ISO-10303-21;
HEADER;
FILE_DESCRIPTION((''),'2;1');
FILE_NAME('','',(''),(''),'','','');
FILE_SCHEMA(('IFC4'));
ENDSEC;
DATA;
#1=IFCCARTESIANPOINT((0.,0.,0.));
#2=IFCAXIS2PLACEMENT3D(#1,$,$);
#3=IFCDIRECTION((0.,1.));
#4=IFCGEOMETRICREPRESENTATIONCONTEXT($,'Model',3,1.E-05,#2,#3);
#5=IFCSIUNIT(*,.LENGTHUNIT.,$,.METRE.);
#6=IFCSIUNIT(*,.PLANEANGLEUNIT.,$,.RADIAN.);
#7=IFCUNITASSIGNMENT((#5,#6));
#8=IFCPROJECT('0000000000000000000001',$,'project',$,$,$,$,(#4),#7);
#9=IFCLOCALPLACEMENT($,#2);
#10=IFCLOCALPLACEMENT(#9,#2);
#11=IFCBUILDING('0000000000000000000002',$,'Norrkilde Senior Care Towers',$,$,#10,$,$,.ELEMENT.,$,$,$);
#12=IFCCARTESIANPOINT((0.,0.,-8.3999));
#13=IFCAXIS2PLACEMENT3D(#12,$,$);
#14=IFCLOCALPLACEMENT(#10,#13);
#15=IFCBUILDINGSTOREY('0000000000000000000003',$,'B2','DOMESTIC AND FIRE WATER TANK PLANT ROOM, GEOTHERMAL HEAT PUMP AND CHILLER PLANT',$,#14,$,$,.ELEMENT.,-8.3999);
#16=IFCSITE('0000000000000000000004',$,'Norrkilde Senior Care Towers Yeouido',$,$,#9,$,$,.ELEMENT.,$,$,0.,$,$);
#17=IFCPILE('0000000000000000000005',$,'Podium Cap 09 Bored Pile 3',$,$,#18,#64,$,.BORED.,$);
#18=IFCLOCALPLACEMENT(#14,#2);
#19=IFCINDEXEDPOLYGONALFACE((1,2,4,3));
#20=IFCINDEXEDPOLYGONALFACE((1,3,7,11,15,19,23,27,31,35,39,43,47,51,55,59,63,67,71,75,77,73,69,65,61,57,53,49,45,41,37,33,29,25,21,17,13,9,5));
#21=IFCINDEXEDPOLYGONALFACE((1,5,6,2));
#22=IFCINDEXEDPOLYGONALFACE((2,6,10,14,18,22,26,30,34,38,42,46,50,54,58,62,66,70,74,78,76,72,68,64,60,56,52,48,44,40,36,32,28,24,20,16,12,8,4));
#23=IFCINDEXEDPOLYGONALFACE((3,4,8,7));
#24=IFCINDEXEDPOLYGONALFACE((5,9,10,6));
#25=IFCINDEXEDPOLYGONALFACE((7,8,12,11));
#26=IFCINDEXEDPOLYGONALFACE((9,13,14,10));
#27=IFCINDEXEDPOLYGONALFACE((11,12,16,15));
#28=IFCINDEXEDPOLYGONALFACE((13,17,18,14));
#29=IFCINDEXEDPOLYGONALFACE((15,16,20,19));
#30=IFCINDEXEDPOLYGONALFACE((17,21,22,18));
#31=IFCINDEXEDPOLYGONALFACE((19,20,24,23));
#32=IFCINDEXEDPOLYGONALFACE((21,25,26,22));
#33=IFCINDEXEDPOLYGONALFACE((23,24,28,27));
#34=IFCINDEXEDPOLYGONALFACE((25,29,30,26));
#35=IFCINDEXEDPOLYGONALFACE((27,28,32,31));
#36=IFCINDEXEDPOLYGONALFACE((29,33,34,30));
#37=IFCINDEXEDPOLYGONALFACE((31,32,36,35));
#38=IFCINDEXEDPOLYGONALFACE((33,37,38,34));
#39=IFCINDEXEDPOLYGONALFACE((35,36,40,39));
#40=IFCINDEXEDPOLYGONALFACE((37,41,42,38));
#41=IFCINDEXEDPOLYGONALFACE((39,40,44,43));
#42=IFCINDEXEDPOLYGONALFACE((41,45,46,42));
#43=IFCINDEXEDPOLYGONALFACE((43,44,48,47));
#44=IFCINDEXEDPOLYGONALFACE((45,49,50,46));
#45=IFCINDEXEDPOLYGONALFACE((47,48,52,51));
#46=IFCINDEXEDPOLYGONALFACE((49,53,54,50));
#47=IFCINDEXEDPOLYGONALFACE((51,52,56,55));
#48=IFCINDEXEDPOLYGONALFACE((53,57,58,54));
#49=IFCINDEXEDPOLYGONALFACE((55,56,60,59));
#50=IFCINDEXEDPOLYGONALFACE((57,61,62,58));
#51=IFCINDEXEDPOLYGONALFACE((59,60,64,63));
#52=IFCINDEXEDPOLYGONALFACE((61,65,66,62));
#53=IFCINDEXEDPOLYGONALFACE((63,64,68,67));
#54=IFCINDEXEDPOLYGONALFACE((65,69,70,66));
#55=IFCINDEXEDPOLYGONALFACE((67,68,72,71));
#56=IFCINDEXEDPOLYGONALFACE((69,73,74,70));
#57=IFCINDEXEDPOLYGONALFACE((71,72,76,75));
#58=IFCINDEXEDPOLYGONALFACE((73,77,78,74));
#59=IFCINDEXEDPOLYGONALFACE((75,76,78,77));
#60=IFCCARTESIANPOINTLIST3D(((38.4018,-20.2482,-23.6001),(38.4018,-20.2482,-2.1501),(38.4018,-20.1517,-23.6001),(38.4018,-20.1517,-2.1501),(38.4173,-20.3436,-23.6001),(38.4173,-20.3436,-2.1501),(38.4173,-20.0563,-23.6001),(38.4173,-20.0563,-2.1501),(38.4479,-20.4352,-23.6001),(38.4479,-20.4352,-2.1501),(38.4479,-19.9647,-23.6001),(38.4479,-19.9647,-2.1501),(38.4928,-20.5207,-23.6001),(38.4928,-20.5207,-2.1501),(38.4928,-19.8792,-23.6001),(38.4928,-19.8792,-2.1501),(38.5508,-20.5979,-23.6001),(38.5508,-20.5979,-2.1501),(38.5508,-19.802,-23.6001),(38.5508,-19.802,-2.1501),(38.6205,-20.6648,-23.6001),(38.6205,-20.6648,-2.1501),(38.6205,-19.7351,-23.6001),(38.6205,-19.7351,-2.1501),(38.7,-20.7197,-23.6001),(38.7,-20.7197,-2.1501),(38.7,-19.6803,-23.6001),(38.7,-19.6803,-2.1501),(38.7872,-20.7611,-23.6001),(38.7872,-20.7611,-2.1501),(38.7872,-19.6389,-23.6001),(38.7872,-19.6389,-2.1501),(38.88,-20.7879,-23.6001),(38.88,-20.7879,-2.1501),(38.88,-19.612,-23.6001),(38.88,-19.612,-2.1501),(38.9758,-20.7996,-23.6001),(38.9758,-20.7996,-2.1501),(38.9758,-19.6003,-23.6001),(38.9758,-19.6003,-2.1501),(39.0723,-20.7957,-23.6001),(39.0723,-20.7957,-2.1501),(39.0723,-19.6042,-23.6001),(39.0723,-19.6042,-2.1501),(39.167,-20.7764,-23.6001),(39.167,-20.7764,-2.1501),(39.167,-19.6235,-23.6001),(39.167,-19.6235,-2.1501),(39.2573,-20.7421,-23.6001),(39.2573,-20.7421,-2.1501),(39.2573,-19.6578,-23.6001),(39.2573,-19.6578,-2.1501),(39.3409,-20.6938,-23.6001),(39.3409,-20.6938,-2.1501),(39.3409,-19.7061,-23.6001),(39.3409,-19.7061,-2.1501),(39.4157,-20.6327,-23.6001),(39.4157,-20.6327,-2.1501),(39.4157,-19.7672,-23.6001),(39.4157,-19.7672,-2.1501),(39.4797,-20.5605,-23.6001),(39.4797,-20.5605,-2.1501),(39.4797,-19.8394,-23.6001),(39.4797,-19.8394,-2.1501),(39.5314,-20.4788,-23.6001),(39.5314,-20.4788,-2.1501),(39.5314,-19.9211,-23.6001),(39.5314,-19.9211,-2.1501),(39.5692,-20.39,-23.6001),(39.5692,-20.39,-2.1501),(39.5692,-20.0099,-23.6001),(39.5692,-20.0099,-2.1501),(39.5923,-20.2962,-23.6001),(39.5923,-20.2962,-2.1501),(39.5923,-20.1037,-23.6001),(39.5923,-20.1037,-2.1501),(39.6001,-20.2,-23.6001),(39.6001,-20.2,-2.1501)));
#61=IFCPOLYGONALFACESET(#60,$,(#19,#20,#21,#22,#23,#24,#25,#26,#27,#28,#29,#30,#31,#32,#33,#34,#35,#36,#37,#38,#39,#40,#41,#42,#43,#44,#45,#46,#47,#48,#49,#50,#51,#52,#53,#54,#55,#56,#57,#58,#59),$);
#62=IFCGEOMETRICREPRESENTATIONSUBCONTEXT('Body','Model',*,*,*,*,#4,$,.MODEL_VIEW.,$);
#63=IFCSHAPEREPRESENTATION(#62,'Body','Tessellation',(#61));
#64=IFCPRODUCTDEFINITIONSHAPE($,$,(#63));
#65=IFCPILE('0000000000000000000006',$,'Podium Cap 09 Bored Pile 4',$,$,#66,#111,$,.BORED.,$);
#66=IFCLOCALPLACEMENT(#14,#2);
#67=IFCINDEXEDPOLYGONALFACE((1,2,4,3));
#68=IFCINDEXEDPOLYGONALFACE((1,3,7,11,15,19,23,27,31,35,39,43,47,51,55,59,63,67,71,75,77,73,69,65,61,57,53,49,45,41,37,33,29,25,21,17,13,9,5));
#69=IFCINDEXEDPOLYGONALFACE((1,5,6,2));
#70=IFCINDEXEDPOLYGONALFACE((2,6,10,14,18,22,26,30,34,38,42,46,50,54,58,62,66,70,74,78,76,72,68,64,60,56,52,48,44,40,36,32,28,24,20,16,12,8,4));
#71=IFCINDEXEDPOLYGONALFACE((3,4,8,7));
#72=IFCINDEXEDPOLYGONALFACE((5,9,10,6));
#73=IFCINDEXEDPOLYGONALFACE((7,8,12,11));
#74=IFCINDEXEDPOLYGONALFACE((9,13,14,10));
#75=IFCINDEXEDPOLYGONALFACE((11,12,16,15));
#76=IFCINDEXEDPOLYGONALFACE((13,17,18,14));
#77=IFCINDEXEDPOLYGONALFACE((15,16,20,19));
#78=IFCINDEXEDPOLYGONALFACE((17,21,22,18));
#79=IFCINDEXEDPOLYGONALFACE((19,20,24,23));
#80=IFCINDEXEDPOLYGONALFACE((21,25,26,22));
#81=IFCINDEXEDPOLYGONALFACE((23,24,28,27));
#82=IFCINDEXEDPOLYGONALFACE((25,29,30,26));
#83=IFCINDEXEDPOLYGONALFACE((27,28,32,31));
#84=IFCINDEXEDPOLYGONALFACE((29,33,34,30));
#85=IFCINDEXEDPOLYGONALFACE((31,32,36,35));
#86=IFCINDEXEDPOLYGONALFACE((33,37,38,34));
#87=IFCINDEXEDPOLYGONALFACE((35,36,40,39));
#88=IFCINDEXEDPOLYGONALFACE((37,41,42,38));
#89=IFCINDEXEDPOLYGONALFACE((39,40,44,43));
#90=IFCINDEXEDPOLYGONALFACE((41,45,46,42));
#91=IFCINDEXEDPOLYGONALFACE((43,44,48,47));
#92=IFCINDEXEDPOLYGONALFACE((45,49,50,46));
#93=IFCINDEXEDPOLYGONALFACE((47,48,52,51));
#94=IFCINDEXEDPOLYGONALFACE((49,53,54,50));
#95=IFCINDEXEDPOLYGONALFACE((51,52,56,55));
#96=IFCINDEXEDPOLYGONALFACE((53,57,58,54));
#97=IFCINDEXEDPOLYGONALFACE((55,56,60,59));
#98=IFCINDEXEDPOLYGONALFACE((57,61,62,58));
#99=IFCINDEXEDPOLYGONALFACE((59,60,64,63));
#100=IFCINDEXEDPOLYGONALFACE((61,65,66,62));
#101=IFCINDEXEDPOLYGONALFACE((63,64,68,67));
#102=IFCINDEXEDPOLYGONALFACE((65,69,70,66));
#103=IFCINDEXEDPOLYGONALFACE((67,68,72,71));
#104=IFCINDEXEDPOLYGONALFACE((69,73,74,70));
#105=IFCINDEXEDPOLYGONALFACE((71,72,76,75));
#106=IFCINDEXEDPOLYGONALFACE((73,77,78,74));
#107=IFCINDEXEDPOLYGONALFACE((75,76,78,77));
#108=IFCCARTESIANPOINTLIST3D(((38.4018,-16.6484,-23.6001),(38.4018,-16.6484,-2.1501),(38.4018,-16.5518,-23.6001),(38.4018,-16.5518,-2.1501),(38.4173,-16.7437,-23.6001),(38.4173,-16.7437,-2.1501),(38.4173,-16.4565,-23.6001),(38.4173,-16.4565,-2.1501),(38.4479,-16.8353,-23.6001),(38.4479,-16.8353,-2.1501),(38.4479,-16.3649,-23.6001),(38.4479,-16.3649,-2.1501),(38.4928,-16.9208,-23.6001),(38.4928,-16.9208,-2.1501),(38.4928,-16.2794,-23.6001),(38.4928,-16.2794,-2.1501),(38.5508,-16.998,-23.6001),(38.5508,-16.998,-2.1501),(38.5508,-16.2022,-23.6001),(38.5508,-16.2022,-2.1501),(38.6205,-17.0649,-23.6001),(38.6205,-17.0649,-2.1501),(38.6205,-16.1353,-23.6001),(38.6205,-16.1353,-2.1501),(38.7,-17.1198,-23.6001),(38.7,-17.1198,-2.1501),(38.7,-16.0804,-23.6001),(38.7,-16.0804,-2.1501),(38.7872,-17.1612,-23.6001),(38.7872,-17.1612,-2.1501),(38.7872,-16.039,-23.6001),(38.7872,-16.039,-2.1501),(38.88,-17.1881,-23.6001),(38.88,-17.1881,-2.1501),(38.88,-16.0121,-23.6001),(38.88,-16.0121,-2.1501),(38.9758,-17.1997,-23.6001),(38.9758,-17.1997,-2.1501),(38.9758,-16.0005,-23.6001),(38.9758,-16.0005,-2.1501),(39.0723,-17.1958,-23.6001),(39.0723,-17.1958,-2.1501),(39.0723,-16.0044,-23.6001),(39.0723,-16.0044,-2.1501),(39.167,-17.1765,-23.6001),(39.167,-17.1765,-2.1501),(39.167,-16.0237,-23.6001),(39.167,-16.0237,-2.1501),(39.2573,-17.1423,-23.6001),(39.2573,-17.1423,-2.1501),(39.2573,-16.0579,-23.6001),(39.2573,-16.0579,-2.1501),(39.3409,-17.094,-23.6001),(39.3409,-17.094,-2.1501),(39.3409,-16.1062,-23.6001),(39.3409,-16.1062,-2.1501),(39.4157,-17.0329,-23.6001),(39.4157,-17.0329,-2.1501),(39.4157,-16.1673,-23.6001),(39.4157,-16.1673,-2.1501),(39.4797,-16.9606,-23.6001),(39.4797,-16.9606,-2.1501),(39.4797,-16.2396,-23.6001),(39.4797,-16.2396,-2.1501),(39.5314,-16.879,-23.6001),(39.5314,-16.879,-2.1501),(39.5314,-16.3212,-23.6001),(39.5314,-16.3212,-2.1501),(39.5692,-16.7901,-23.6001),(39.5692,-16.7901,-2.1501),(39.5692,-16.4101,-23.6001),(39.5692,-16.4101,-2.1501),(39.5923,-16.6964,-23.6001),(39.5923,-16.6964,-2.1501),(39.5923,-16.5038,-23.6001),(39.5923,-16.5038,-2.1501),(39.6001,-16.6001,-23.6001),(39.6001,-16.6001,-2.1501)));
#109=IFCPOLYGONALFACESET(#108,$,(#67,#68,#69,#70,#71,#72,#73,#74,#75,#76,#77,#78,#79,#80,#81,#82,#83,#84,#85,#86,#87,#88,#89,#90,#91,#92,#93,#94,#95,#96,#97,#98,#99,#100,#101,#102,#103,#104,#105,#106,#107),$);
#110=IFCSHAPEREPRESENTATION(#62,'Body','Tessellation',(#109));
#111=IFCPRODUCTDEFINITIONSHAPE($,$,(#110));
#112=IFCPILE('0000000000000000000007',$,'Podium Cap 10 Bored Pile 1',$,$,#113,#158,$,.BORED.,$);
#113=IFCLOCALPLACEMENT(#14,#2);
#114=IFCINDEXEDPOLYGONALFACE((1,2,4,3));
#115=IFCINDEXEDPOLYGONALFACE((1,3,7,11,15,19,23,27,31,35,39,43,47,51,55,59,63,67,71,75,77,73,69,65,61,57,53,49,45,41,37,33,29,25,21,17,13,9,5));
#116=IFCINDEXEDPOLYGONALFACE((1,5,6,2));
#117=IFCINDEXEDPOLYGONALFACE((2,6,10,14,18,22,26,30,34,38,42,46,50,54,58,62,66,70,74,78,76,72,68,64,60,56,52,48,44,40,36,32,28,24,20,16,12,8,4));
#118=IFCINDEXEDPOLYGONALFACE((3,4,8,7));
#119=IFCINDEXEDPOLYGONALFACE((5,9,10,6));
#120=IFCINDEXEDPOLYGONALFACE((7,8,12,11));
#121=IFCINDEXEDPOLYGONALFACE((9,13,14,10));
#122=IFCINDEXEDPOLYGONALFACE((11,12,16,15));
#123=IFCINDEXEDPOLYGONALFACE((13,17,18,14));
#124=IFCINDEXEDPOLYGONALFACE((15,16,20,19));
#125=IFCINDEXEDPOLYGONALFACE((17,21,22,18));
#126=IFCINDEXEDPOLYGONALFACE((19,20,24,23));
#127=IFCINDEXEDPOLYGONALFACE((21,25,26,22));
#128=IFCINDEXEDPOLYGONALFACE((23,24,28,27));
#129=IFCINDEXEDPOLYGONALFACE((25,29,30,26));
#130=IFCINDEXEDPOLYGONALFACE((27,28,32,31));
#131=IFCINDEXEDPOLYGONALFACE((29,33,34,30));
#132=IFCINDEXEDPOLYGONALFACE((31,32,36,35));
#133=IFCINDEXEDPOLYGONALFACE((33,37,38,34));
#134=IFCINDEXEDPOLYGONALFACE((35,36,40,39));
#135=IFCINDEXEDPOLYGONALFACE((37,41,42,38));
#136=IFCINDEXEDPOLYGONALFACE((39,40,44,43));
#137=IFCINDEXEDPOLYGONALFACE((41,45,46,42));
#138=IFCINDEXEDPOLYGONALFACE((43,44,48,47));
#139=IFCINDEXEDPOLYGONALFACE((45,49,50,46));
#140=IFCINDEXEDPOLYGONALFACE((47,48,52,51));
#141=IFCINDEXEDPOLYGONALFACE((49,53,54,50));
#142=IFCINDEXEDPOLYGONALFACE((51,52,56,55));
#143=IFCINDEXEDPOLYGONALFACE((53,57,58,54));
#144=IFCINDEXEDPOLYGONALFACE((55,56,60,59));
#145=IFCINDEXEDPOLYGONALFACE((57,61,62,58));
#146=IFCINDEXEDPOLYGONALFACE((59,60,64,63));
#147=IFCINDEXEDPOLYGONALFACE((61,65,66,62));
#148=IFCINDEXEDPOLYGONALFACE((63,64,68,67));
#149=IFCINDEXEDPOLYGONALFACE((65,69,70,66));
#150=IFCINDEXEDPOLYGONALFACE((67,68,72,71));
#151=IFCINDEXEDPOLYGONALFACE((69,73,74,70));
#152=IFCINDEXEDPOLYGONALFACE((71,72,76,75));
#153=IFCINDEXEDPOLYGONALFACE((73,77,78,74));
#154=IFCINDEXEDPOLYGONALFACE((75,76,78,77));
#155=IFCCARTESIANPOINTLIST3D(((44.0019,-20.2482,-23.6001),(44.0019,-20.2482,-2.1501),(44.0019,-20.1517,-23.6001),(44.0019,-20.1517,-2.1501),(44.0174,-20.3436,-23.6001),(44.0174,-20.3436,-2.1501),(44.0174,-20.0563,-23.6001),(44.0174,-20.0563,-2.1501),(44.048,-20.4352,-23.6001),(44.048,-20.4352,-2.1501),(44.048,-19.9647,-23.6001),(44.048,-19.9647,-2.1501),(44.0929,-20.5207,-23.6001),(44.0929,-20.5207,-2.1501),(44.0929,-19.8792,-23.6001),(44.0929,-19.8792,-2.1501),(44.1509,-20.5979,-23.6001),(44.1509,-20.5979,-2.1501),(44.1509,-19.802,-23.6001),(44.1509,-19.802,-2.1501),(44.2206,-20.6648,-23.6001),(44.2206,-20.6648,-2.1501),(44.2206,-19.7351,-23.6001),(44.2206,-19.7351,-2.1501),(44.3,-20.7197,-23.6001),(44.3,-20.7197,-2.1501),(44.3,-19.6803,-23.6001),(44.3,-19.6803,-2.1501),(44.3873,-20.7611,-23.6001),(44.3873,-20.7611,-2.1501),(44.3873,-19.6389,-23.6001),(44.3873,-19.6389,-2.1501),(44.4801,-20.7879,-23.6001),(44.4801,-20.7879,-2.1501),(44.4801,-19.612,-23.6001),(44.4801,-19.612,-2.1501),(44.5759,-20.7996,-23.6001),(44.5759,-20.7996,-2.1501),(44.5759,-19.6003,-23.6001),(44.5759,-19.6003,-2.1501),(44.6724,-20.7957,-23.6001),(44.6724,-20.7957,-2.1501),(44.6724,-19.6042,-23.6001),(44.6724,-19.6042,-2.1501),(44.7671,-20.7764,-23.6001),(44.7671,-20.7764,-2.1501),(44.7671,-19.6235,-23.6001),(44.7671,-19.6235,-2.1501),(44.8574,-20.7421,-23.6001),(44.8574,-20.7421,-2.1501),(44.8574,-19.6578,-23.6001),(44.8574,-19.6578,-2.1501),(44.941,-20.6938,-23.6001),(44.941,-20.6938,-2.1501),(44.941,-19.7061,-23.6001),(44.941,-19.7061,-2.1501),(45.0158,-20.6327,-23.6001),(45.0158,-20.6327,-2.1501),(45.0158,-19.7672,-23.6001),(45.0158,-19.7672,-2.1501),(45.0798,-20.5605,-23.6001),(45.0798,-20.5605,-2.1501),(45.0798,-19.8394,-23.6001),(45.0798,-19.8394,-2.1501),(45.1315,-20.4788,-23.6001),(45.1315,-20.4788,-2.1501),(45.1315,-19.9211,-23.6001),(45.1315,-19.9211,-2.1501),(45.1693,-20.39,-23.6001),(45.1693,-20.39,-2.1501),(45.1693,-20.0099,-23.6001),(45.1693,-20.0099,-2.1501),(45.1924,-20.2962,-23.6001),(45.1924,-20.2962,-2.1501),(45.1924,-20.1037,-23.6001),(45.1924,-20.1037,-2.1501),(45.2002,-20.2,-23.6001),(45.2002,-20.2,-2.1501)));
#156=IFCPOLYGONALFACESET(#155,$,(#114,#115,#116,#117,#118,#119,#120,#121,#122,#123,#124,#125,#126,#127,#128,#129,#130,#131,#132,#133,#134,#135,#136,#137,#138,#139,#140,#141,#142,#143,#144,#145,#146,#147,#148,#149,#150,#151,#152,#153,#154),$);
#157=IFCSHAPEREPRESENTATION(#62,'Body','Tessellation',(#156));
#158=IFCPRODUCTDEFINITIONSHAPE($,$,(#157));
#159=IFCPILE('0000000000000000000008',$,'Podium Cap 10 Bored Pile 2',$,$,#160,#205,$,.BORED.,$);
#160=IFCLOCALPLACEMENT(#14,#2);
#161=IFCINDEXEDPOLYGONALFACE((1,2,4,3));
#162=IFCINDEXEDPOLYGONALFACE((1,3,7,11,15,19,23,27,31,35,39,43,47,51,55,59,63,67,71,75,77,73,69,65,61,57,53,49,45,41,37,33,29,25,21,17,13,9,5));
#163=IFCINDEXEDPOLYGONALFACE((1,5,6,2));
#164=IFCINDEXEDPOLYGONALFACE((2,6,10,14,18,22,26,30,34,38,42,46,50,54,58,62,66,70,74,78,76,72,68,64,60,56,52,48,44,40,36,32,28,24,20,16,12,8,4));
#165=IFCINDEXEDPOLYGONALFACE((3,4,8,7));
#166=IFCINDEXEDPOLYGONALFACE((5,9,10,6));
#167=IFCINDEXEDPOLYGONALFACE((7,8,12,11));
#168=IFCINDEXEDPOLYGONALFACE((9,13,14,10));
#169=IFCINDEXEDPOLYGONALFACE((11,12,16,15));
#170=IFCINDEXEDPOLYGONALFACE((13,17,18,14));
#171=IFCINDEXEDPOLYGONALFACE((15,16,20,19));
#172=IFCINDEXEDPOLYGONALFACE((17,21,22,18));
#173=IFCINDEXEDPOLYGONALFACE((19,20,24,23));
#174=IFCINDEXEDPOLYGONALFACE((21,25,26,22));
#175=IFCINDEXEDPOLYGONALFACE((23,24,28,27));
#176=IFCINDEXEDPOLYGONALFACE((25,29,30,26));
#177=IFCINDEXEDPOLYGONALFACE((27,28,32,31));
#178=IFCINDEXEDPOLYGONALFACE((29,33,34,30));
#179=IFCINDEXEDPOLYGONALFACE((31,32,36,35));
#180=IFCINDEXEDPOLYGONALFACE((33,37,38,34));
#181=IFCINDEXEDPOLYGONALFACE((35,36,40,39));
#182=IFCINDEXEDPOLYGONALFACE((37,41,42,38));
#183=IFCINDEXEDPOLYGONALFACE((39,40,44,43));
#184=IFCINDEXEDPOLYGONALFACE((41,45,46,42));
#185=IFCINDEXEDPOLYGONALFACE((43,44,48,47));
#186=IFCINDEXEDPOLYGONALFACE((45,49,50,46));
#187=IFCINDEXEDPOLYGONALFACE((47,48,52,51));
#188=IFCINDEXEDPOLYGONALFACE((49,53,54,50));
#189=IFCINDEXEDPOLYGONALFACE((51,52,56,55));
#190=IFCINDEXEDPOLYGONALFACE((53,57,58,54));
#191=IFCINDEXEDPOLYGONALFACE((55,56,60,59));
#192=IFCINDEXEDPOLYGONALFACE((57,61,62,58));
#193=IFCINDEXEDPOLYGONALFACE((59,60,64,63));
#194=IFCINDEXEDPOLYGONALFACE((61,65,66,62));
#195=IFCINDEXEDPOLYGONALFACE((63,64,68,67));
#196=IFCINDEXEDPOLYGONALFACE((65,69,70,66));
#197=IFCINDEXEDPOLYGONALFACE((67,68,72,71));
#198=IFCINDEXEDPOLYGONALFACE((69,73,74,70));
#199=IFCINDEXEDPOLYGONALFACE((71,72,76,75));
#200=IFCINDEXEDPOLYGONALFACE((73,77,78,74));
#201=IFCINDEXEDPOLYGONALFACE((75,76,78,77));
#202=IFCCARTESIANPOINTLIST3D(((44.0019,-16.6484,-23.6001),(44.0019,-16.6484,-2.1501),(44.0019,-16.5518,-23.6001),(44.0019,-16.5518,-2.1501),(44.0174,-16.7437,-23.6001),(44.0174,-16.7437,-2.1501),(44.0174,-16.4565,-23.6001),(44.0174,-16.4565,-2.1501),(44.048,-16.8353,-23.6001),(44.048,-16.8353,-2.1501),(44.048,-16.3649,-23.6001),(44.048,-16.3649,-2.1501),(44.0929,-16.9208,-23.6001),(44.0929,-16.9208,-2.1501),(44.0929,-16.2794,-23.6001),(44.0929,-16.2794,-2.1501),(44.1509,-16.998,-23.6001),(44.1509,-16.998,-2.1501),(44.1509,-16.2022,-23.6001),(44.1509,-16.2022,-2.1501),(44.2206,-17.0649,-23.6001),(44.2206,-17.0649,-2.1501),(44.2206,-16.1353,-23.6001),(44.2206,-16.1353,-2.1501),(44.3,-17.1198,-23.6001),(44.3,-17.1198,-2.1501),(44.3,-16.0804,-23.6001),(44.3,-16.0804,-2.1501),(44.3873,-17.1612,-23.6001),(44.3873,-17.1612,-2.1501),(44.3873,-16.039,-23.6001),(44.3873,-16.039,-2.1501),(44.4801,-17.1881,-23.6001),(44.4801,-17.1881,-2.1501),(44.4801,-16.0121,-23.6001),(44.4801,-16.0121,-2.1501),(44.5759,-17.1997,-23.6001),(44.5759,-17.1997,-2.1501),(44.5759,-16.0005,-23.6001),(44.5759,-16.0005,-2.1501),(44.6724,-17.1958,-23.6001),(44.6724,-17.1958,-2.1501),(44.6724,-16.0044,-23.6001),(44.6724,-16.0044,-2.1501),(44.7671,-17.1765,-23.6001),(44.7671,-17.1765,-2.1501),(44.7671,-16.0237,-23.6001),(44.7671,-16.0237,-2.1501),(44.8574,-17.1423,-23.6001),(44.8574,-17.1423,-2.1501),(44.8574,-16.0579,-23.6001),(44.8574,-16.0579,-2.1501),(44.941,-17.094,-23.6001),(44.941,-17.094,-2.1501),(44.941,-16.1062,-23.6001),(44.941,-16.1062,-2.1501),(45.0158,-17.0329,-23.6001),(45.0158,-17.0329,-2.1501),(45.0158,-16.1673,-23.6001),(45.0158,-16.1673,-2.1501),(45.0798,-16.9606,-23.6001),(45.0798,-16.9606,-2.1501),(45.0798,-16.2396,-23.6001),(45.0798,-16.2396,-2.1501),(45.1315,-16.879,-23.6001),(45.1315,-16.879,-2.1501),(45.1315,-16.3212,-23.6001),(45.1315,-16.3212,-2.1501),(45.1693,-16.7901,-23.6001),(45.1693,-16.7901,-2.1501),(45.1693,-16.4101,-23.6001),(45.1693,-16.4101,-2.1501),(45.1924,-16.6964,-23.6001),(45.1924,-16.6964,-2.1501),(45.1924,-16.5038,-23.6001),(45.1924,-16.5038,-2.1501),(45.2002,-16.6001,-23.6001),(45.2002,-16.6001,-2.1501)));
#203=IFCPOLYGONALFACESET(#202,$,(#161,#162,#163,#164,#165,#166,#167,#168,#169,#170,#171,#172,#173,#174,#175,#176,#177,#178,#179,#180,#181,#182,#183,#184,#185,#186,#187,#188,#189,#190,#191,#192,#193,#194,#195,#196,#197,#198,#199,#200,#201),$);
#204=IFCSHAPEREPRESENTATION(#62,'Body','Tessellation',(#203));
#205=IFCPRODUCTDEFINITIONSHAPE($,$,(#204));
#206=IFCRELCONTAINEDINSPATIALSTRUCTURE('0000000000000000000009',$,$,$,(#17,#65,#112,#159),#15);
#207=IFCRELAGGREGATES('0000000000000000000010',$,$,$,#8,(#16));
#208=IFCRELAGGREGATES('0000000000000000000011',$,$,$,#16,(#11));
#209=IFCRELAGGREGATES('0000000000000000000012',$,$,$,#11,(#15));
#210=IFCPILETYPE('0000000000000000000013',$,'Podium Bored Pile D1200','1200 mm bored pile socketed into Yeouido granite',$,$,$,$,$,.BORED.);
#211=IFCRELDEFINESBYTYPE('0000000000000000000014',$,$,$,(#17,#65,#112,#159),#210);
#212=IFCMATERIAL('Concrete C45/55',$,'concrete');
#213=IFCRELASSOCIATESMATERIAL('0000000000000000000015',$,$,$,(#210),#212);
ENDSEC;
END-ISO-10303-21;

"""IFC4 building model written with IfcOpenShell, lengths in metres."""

from ifc_helpers import new_model, si_unit, direction, frame, origin, origin_2d, place, context, subcontext, project, spatial, circle, extrude, source, transform, mapped, material, material_profile, profile_set, type_object, element, save


model = new_model("IFC4")

# Units and contexts
model_context = context("Model", 3, precision=1e-05, world=origin(), true_north=direction((0.0, 1.0)))
body_context = subcontext(model_context, "Body", "Model", "MODEL_VIEW")
ifc_project = project(units=[si_unit("LENGTHUNIT", "METRE"), si_unit("PLANEANGLEUNIT", "RADIAN")], contexts=[model_context])

# Site, building, storey
site_placement = place(None, origin())
site = spatial("IfcSite", under=ifc_project, at=site_placement, Name="Norrkilde Senior Care Towers Yeouido", CompositionType="ELEMENT", RefElevation=0.0)
building_placement = place(site_placement, origin())
building = spatial("IfcBuilding", under=site, at=building_placement, Name="Norrkilde Senior Care Towers", CompositionType="ELEMENT")
storey_placement = place(building_placement, frame((0.0, 0.0, -8.3999)))
storey = spatial("IfcBuildingStorey", under=building, at=storey_placement, Name="B2", Description="DOMESTIC AND FIRE WATER TANK PLANT ROOM, GEOTHERMAL HEAT PUMP AND CHILLER PLANT", CompositionType="ELEMENT", Elevation=-8.3999)

# Piles
ifc_material_1 = material(Name="Concrete C45/55", Category="concrete")
ifc_material_profile_1 = material_profile(ifc_material_1, circle(Radius=0.6001, at=origin_2d()), Name="BORED PILE 1200")
ifc_profile_set_1 = profile_set([ifc_material_profile_1], Name="Concrete C45/55")
pile_type_1 = type_object("IfcPileType", Name="Podium Bored Pile D1200", Description="1200 mm bored pile socketed into Yeouido granite", PredefinedType="BORED", material=ifc_profile_set_1)
shared_shape_1 = source(origin(), body_context, "Body", "SweptSolid", [
    extrude(circle(Radius=0.6001, at=origin_2d()), origin(), (0.0, 0.0, 1.0), 21.45),
])
for number, where, z_axis, x_axis, name in (
    (1, (39.0, -20.2, -2.1501), (0.0, 0.0, -1.0), (1.0, 0.0, 0.0), "Podium Cap 09 Bored Pile 3"),
    (2, (39.0, -16.6001, -2.1501), (0.0, 0.0, -1.0), (1.0, 0.0, 0.0), "Podium Cap 09 Bored Pile 4"),
    (3, (44.6001, -20.2, -2.1501), (0.0, 0.0, -1.0), (1.0, 0.0, 0.0), "Podium Cap 10 Bored Pile 1"),
    (4, (44.6001, -16.6001, -2.1501), (0.0, 0.0, -1.0), (1.0, 0.0, 0.0), "Podium Cap 10 Bored Pile 2"),
):
    element("IfcPile", number, at=place(storey_placement, frame(where, z_axis=z_axis, x_axis=x_axis)), inside=storey, type_object=pile_type_1, Name=name, PredefinedType="BORED", context=body_context, shape_type="MappedRepresentation", body=[
        mapped(shared_shape_1, transform((0.0, 0.0, 0.0), x_axis=(1.0, 0.0, 0.0), y_axis=(0.0, 1.0, 0.0), z_axis=(0.0, 0.0, 1.0), scale=1.0)),
    ])

save(model, "model.ifc")
